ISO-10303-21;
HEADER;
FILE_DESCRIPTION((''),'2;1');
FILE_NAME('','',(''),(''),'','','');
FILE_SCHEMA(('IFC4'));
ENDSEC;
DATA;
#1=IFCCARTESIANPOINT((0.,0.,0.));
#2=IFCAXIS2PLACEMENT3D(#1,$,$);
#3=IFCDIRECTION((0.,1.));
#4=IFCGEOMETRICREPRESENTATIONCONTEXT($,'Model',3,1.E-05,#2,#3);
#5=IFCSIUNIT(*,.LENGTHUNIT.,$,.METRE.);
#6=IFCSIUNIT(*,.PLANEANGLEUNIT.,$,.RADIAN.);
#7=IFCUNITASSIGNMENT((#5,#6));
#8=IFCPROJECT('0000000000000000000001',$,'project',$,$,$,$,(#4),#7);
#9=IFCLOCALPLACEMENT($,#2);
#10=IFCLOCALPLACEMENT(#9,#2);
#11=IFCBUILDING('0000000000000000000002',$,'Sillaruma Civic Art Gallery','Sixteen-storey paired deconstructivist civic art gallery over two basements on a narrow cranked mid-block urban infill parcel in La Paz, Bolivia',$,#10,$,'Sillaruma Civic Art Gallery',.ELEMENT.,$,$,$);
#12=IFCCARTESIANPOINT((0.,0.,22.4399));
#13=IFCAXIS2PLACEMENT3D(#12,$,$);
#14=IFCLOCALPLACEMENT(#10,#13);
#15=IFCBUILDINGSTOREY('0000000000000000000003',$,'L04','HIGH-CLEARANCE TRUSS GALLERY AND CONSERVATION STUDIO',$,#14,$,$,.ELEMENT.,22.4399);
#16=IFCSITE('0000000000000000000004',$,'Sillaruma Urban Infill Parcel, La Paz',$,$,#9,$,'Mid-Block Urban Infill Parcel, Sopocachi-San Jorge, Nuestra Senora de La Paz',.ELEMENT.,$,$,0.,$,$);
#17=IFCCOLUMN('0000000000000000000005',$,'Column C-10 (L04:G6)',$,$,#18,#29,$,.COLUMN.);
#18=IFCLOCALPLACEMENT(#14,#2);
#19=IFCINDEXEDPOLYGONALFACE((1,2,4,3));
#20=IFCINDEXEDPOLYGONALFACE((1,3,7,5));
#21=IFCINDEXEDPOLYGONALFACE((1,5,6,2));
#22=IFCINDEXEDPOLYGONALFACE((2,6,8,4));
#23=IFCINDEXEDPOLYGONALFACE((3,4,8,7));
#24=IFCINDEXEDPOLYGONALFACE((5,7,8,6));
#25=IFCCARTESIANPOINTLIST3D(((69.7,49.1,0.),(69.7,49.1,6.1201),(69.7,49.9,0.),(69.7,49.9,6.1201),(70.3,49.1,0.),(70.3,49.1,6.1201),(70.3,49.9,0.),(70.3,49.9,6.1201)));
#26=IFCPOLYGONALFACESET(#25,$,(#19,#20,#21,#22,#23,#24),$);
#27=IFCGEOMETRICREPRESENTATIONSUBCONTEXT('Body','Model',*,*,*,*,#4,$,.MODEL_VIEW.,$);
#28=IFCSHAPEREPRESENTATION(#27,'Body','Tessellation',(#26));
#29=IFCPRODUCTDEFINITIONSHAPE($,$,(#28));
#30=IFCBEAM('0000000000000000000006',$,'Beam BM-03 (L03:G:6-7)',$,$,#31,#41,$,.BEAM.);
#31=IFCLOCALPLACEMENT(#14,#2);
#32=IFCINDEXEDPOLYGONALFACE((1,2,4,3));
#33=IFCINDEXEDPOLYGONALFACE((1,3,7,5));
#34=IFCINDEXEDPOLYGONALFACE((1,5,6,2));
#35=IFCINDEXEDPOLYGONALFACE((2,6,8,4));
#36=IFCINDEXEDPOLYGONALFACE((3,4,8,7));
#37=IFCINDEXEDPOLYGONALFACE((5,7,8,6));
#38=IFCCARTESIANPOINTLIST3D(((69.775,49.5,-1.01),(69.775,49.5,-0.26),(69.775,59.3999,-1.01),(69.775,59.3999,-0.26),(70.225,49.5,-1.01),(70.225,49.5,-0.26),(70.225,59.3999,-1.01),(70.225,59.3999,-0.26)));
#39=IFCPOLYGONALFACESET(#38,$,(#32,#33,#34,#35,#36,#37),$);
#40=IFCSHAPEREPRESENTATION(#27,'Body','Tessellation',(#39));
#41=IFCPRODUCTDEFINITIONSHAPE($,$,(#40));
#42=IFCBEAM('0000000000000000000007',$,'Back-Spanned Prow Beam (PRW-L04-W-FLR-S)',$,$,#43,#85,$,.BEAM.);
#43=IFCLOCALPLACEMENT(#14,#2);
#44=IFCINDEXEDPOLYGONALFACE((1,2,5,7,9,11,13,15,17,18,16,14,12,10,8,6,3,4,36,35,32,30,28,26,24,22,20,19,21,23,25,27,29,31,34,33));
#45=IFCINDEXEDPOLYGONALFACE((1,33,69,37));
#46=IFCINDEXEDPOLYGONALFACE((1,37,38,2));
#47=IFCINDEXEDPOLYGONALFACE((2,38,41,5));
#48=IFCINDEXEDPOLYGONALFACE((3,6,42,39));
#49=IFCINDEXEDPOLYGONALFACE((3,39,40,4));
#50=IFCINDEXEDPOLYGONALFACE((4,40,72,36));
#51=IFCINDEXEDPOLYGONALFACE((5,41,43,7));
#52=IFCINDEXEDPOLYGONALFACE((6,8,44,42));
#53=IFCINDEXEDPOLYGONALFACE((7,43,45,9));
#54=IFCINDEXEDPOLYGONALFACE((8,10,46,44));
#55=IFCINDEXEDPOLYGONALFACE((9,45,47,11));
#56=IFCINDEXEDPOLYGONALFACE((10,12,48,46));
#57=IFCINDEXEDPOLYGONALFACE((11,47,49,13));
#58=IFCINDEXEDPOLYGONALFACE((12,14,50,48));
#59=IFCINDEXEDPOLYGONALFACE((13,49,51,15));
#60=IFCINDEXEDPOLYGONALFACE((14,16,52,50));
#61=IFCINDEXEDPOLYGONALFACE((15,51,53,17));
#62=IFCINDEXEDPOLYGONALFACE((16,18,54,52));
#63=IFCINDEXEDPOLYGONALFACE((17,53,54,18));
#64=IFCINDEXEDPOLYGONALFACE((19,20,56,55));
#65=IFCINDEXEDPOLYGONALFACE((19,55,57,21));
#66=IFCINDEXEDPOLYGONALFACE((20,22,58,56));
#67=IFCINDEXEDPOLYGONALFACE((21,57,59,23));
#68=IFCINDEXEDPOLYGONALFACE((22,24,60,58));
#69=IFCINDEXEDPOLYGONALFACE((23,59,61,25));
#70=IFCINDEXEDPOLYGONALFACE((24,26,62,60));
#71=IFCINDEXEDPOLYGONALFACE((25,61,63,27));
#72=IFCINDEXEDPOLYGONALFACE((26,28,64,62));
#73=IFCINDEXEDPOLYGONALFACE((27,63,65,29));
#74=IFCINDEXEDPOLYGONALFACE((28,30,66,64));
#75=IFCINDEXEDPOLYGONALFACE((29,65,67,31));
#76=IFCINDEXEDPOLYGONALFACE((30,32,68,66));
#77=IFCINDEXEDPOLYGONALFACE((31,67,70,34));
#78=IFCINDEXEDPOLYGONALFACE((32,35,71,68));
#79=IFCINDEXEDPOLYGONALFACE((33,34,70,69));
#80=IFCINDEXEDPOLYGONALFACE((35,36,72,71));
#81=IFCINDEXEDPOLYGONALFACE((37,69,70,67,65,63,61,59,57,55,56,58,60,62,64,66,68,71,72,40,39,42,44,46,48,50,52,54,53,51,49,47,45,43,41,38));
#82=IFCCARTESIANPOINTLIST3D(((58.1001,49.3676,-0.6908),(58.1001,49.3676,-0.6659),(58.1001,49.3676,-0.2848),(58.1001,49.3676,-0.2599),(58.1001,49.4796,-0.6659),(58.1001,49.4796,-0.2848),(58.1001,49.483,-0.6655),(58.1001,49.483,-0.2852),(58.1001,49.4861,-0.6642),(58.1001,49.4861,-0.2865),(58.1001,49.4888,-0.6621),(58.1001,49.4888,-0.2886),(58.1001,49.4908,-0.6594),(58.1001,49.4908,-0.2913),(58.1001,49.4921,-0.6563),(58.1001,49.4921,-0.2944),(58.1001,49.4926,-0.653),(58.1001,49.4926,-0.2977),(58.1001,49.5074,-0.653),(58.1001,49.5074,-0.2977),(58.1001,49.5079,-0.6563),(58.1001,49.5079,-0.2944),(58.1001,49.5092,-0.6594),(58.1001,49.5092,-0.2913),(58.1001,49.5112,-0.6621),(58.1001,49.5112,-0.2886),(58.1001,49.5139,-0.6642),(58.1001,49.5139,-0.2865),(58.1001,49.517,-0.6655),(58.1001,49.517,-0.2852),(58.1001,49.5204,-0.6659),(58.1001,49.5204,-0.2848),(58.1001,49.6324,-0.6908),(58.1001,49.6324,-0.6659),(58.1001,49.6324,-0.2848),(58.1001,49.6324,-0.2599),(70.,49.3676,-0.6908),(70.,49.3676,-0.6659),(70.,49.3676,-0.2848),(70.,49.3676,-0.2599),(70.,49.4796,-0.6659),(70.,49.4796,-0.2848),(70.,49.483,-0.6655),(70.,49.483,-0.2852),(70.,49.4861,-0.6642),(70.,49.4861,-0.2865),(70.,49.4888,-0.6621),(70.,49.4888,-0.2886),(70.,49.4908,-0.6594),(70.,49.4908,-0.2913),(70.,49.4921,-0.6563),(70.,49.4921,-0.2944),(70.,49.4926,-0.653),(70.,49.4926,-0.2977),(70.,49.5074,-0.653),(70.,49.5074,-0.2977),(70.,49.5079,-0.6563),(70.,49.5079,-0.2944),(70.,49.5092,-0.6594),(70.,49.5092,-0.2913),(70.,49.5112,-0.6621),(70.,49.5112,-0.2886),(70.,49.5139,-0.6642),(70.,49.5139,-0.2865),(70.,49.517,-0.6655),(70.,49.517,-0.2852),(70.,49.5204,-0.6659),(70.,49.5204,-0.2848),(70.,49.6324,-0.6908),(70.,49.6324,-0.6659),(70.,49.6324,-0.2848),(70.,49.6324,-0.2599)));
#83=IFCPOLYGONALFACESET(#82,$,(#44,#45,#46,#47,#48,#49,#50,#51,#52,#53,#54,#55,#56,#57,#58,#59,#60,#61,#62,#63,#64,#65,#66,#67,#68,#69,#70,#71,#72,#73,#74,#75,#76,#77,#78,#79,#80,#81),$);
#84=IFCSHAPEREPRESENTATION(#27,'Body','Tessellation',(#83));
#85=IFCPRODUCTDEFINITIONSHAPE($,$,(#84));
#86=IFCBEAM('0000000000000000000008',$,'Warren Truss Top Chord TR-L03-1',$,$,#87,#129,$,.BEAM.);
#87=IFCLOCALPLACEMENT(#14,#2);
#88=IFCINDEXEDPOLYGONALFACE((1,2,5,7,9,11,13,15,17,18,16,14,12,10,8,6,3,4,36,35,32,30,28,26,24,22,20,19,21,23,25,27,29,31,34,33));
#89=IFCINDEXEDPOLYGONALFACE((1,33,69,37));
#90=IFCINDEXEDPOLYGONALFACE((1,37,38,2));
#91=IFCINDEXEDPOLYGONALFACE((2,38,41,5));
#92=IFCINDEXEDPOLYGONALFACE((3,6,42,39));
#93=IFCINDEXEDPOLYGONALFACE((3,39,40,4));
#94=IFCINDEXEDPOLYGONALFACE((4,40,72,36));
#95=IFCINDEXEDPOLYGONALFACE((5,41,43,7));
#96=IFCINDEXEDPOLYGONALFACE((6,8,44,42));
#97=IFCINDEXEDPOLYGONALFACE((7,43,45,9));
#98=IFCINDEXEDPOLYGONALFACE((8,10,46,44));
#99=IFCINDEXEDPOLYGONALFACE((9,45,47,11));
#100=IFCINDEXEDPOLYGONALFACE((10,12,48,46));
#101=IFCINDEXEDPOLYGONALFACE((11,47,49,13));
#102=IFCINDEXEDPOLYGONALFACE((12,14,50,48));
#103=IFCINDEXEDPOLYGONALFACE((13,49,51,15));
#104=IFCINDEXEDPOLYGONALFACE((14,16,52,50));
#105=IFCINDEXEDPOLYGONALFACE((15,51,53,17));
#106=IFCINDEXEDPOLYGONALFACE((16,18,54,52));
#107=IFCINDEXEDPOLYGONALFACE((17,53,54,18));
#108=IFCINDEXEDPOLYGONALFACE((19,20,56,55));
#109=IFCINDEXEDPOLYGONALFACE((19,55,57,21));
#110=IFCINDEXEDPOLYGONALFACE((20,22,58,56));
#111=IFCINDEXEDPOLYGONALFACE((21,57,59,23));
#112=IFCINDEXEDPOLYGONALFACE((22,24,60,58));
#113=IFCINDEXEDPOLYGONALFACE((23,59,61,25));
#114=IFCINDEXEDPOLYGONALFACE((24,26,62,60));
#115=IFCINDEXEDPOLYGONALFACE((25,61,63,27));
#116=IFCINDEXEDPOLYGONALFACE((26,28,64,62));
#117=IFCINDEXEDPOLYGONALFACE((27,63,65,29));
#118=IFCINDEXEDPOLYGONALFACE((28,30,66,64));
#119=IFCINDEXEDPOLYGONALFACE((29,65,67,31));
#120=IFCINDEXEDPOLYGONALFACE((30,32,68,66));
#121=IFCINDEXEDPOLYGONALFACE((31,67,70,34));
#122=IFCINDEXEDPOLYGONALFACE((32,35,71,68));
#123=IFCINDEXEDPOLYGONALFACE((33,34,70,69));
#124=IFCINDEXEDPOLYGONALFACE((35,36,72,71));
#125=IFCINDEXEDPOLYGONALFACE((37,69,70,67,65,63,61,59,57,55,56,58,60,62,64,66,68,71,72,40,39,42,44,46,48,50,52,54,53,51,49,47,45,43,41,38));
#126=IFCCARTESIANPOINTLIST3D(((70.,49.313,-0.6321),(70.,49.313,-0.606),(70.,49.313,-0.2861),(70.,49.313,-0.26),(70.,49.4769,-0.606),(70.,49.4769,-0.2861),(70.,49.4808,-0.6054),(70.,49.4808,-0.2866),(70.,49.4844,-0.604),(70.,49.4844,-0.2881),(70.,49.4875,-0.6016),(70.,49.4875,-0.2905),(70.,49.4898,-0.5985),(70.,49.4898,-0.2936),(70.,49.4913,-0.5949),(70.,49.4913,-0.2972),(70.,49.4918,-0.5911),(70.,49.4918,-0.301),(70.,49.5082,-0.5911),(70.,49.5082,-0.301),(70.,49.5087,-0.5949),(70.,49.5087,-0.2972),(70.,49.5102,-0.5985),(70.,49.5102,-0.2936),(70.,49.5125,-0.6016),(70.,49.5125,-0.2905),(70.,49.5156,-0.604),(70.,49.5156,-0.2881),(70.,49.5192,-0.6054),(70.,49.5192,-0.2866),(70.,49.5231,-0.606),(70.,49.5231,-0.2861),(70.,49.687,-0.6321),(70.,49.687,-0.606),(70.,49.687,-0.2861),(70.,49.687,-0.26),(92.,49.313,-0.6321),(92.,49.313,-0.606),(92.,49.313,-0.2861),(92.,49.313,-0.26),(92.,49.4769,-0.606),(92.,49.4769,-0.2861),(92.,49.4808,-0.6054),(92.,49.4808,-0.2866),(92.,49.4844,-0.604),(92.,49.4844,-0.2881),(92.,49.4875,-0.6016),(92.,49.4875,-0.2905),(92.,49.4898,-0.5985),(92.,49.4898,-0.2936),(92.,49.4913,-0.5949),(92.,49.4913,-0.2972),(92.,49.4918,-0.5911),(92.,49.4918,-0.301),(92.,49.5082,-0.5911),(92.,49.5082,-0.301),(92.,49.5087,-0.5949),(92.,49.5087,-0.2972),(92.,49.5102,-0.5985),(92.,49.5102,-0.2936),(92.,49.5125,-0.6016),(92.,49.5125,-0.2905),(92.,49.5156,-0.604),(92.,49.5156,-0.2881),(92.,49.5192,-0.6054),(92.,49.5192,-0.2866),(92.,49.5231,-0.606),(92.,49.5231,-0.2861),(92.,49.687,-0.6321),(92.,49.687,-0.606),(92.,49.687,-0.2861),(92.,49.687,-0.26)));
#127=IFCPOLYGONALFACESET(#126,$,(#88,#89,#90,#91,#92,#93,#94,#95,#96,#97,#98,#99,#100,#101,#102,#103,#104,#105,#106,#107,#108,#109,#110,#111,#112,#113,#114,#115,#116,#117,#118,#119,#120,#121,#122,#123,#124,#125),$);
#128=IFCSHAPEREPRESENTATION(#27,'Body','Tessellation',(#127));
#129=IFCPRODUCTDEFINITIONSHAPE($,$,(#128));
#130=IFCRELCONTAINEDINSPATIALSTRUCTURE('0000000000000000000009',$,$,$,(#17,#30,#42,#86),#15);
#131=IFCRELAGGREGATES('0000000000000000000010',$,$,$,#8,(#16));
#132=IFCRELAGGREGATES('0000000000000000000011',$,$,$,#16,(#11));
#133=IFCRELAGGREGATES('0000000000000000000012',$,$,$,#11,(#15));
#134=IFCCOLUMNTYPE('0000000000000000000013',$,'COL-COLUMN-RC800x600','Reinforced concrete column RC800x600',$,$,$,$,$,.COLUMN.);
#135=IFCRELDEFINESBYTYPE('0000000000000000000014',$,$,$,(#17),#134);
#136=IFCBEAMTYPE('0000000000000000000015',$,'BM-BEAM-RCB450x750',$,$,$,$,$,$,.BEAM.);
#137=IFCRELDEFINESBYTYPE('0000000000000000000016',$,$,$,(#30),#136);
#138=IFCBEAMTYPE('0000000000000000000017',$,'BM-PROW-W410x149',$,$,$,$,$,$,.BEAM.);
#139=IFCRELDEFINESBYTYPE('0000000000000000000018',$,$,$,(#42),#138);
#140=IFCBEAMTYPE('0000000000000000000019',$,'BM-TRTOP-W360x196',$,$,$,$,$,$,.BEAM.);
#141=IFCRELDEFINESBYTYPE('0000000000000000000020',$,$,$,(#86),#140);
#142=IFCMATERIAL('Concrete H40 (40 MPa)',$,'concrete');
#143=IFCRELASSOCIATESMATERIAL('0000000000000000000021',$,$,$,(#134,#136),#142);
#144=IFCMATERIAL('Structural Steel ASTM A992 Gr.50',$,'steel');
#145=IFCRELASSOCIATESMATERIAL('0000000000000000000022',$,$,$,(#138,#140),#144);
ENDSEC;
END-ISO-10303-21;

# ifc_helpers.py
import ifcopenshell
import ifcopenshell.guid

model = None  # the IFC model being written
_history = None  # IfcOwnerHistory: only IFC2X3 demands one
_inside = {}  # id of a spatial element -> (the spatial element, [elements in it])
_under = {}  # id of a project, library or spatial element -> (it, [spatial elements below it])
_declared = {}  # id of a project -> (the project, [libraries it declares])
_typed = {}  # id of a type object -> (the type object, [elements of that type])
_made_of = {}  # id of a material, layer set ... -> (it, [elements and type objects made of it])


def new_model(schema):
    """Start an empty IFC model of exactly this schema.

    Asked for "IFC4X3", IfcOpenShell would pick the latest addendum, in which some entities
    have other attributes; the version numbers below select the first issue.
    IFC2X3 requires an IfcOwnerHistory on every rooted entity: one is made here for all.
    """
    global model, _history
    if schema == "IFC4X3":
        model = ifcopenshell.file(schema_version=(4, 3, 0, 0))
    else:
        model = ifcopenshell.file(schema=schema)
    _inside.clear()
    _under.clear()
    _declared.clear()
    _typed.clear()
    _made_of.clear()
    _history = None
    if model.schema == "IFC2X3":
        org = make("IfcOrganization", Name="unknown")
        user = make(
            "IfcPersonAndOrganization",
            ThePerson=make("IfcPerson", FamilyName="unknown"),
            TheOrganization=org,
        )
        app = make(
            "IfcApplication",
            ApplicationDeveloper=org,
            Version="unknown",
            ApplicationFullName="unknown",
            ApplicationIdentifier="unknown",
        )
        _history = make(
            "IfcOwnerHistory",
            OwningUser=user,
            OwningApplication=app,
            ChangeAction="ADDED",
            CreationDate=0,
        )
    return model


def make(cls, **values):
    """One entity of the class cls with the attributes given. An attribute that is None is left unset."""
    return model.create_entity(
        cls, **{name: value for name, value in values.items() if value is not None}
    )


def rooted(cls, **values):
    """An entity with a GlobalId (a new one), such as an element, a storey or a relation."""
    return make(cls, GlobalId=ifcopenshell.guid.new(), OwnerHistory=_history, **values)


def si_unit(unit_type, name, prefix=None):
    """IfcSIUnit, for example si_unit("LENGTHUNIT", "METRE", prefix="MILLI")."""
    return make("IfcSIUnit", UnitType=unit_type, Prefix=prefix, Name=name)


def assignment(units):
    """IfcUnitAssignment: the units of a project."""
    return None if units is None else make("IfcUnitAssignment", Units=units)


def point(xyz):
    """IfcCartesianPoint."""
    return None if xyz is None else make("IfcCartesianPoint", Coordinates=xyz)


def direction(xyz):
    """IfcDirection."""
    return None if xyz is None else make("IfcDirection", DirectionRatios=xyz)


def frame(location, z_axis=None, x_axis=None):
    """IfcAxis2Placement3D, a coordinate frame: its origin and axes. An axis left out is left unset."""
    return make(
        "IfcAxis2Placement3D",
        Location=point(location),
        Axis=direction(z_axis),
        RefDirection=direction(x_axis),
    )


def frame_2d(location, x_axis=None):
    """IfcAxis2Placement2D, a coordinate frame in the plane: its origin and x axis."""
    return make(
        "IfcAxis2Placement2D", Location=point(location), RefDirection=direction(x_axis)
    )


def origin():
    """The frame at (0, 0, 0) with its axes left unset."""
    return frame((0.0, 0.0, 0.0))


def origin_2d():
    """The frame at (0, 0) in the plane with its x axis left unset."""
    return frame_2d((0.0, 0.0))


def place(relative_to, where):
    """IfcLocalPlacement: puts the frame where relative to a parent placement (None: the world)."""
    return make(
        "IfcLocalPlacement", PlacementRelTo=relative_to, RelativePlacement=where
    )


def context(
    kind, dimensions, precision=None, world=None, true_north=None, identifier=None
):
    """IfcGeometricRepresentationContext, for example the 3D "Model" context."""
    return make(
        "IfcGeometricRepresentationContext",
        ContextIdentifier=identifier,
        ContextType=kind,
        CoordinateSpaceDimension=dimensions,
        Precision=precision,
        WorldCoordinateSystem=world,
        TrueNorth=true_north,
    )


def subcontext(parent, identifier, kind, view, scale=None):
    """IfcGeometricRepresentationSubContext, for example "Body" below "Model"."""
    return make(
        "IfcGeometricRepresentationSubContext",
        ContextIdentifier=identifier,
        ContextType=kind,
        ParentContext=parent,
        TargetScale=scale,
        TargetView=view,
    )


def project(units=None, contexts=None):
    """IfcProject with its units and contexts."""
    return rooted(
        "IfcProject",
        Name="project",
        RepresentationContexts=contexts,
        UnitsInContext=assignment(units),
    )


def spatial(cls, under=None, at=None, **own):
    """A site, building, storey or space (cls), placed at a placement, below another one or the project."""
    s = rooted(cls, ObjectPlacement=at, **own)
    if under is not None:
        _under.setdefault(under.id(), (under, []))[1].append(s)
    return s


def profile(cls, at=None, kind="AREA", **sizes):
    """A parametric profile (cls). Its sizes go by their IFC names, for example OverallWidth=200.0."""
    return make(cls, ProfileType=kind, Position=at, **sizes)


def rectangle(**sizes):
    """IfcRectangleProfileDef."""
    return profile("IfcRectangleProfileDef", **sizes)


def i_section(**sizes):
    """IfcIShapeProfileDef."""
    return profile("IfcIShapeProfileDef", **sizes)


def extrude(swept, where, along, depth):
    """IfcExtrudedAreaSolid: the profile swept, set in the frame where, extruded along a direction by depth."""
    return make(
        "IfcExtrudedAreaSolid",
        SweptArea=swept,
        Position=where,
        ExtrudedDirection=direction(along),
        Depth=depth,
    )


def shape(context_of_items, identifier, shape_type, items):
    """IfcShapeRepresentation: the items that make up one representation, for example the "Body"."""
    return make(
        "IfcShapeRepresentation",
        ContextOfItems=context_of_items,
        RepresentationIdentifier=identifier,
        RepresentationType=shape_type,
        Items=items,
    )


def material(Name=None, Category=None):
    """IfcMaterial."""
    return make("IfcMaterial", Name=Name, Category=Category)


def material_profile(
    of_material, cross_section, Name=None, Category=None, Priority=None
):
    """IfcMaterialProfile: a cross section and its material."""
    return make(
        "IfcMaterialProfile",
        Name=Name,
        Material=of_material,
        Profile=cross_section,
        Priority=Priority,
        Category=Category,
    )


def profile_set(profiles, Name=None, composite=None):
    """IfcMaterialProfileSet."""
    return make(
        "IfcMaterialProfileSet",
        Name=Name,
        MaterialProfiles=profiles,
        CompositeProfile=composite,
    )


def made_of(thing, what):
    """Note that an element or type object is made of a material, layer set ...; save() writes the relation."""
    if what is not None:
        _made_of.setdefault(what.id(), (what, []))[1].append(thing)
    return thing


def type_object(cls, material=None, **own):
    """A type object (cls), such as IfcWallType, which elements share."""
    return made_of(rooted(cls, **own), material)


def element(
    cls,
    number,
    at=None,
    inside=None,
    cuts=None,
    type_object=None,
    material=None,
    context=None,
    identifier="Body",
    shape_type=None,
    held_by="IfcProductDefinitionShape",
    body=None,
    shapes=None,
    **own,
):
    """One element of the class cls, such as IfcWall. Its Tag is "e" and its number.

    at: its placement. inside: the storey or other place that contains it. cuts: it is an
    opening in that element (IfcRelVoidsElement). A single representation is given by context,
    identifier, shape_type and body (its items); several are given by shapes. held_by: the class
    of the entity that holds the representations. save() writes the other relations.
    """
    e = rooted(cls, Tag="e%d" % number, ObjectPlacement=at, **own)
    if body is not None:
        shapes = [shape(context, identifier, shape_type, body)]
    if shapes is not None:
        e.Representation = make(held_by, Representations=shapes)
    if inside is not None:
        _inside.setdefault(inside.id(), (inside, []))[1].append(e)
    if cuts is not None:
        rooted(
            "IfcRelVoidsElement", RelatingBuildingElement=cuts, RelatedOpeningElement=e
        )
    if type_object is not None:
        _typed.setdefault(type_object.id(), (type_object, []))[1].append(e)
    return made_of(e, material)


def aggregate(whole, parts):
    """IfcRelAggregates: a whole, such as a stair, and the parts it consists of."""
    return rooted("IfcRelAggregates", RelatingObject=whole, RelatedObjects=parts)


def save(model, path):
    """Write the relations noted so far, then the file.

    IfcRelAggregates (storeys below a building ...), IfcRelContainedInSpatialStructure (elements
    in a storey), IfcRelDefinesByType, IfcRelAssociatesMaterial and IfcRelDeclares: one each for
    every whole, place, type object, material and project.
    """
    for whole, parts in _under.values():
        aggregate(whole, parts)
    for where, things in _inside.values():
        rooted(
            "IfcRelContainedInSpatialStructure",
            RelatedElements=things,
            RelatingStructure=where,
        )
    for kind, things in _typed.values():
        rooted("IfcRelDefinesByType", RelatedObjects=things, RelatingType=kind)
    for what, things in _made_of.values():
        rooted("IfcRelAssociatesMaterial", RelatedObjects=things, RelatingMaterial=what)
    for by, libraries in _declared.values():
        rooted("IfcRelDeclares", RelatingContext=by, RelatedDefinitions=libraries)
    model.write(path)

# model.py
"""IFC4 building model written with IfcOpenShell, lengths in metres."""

from ifc_helpers import new_model, si_unit, direction, frame, origin, origin_2d, place, context, subcontext, project, spatial, rectangle, i_section, extrude, material, material_profile, profile_set, type_object, element, save


model = new_model("IFC4")

# Units and contexts
model_context = context("Model", 3, precision=1e-05, world=origin(), true_north=direction((0.0, 1.0)))
body_context = subcontext(model_context, "Body", "Model", "MODEL_VIEW")
ifc_project = project(units=[si_unit("LENGTHUNIT", "METRE"), si_unit("PLANEANGLEUNIT", "RADIAN")], contexts=[model_context])

# Site, building, storey
site_placement = place(None, origin())
site = spatial("IfcSite", under=ifc_project, at=site_placement, Name="Sillaruma Urban Infill Parcel, La Paz", LongName="Mid-Block Urban Infill Parcel, Sopocachi-San Jorge, Nuestra Senora de La Paz", CompositionType="ELEMENT", RefElevation=0.0)
building_placement = place(site_placement, origin())
building = spatial("IfcBuilding", under=site, at=building_placement, Name="Sillaruma Civic Art Gallery", Description="Sixteen-storey paired deconstructivist civic art gallery over two basements on a narrow cranked mid-block urban infill parcel in La Paz, Bolivia", LongName="Sillaruma Civic Art Gallery", CompositionType="ELEMENT")
storey_placement = place(building_placement, frame((0.0, 0.0, 22.4399)))
storey = spatial("IfcBuildingStorey", under=building, at=storey_placement, Name="L04", Description="HIGH-CLEARANCE TRUSS GALLERY AND CONSERVATION STUDIO", CompositionType="ELEMENT", Elevation=22.4399)

# Column
ifc_material_1 = material(Name="Concrete H40 (40 MPa)", Category="concrete")
ifc_material_profile_1 = material_profile(ifc_material_1, rectangle(XDim=0.6001, YDim=0.8, at=origin_2d()), Name="RC800x600")
ifc_profile_set_1 = profile_set([ifc_material_profile_1], Name="Concrete H40 (40 MPa)")
column_type = type_object("IfcColumnType", Name="COL-COLUMN-RC800x600", Description="Reinforced concrete column RC800x600", PredefinedType="COLUMN", material=ifc_profile_set_1)
column_placement = place(storey_placement, frame((70.0, 49.5, 0.0), z_axis=(0.0, 0.0, 1.0), x_axis=(1.0, 0.0, 0.0)))
element("IfcColumn", 1, at=column_placement, inside=storey, type_object=column_type, Name="Column C-10 (L04:G6)", PredefinedType="COLUMN", context=body_context, shape_type="SweptSolid", body=[
    extrude(rectangle(XDim=0.6001, YDim=0.8, at=origin_2d()), origin(), (0.0, 0.0, 1.0), 6.1201),
])

# Beams
ifc_material_profile_2 = material_profile(ifc_material_1, rectangle(XDim=0.45, YDim=0.75, at=origin_2d()), Name="RCB450x750")
ifc_profile_set_2 = profile_set([ifc_material_profile_2], Name="Concrete H40 (40 MPa)")
beam_type_1 = type_object("IfcBeamType", Name="BM-BEAM-RCB450x750", PredefinedType="BEAM", material=ifc_profile_set_2)
beam_1_placement = place(storey_placement, frame((70.0, 49.5, -0.635), z_axis=(0.0, 1.0, 0.0), x_axis=(-1.0, 0.0, 0.0)))
element("IfcBeam", 2, at=beam_1_placement, inside=storey, type_object=beam_type_1, Name="Beam BM-03 (L03:G:6-7)", PredefinedType="BEAM", context=body_context, shape_type="SweptSolid", body=[
    extrude(rectangle(XDim=0.45, YDim=0.75, at=origin_2d()), origin(), (0.0, 0.0, 1.0), 9.8999),
])
ifc_material_2 = material(Name="Structural Steel ASTM A992 Gr.50", Category="steel")
ifc_material_profile_3 = material_profile(ifc_material_2, i_section(OverallWidth=0.2649, OverallDepth=0.4309, WebThickness=0.0149, FlangeThickness=0.0249, FilletRadius=0.0129, at=origin_2d()), Name="W410x149")
ifc_profile_set_3 = profile_set([ifc_material_profile_3], Name="Structural Steel ASTM A992 Gr.50")
beam_type_2 = type_object("IfcBeamType", Name="BM-PROW-W410x149", PredefinedType="BEAM", material=ifc_profile_set_3)
beam_2_placement = place(storey_placement, frame((70.0, 49.5, -0.4753), z_axis=(-1.0, 0.0, 0.0), x_axis=(0.0, -1.0, 0.0)))
element("IfcBeam", 3, at=beam_2_placement, inside=storey, type_object=beam_type_2, Name="Back-Spanned Prow Beam (PRW-L04-W-FLR-S)", PredefinedType="BEAM", context=body_context, shape_type="SweptSolid", body=[
    extrude(i_section(OverallWidth=0.2649, OverallDepth=0.4309, WebThickness=0.0149, FlangeThickness=0.0249, FilletRadius=0.0129, at=origin_2d()), origin(), (0.0, 0.0, 1.0), 11.8999),
])
ifc_material_profile_4 = material_profile(ifc_material_2, i_section(OverallWidth=0.374, OverallDepth=0.3721, WebThickness=0.0164, FlangeThickness=0.0261, FilletRadius=0.0149, at=origin_2d()), Name="W360x196")
ifc_profile_set_4 = profile_set([ifc_material_profile_4], Name="Structural Steel ASTM A992 Gr.50")
beam_type_3 = type_object("IfcBeamType", Name="BM-TRTOP-W360x196", PredefinedType="BEAM", material=ifc_profile_set_4)
beam_3_placement = place(storey_placement, frame((70.0, 49.5, -0.446), z_axis=(1.0, 0.0, 0.0), x_axis=(0.0, 1.0, 0.0)))
element("IfcBeam", 4, at=beam_3_placement, inside=storey, type_object=beam_type_3, Name="Warren Truss Top Chord TR-L03-1", PredefinedType="BEAM", context=body_context, shape_type="SweptSolid", body=[
    extrude(i_section(OverallWidth=0.374, OverallDepth=0.3721, WebThickness=0.0164, FlangeThickness=0.0261, FilletRadius=0.0149, at=origin_2d()), origin(), (0.0, 0.0, 1.0), 22.0),
])

save(model, "model.ifc")
